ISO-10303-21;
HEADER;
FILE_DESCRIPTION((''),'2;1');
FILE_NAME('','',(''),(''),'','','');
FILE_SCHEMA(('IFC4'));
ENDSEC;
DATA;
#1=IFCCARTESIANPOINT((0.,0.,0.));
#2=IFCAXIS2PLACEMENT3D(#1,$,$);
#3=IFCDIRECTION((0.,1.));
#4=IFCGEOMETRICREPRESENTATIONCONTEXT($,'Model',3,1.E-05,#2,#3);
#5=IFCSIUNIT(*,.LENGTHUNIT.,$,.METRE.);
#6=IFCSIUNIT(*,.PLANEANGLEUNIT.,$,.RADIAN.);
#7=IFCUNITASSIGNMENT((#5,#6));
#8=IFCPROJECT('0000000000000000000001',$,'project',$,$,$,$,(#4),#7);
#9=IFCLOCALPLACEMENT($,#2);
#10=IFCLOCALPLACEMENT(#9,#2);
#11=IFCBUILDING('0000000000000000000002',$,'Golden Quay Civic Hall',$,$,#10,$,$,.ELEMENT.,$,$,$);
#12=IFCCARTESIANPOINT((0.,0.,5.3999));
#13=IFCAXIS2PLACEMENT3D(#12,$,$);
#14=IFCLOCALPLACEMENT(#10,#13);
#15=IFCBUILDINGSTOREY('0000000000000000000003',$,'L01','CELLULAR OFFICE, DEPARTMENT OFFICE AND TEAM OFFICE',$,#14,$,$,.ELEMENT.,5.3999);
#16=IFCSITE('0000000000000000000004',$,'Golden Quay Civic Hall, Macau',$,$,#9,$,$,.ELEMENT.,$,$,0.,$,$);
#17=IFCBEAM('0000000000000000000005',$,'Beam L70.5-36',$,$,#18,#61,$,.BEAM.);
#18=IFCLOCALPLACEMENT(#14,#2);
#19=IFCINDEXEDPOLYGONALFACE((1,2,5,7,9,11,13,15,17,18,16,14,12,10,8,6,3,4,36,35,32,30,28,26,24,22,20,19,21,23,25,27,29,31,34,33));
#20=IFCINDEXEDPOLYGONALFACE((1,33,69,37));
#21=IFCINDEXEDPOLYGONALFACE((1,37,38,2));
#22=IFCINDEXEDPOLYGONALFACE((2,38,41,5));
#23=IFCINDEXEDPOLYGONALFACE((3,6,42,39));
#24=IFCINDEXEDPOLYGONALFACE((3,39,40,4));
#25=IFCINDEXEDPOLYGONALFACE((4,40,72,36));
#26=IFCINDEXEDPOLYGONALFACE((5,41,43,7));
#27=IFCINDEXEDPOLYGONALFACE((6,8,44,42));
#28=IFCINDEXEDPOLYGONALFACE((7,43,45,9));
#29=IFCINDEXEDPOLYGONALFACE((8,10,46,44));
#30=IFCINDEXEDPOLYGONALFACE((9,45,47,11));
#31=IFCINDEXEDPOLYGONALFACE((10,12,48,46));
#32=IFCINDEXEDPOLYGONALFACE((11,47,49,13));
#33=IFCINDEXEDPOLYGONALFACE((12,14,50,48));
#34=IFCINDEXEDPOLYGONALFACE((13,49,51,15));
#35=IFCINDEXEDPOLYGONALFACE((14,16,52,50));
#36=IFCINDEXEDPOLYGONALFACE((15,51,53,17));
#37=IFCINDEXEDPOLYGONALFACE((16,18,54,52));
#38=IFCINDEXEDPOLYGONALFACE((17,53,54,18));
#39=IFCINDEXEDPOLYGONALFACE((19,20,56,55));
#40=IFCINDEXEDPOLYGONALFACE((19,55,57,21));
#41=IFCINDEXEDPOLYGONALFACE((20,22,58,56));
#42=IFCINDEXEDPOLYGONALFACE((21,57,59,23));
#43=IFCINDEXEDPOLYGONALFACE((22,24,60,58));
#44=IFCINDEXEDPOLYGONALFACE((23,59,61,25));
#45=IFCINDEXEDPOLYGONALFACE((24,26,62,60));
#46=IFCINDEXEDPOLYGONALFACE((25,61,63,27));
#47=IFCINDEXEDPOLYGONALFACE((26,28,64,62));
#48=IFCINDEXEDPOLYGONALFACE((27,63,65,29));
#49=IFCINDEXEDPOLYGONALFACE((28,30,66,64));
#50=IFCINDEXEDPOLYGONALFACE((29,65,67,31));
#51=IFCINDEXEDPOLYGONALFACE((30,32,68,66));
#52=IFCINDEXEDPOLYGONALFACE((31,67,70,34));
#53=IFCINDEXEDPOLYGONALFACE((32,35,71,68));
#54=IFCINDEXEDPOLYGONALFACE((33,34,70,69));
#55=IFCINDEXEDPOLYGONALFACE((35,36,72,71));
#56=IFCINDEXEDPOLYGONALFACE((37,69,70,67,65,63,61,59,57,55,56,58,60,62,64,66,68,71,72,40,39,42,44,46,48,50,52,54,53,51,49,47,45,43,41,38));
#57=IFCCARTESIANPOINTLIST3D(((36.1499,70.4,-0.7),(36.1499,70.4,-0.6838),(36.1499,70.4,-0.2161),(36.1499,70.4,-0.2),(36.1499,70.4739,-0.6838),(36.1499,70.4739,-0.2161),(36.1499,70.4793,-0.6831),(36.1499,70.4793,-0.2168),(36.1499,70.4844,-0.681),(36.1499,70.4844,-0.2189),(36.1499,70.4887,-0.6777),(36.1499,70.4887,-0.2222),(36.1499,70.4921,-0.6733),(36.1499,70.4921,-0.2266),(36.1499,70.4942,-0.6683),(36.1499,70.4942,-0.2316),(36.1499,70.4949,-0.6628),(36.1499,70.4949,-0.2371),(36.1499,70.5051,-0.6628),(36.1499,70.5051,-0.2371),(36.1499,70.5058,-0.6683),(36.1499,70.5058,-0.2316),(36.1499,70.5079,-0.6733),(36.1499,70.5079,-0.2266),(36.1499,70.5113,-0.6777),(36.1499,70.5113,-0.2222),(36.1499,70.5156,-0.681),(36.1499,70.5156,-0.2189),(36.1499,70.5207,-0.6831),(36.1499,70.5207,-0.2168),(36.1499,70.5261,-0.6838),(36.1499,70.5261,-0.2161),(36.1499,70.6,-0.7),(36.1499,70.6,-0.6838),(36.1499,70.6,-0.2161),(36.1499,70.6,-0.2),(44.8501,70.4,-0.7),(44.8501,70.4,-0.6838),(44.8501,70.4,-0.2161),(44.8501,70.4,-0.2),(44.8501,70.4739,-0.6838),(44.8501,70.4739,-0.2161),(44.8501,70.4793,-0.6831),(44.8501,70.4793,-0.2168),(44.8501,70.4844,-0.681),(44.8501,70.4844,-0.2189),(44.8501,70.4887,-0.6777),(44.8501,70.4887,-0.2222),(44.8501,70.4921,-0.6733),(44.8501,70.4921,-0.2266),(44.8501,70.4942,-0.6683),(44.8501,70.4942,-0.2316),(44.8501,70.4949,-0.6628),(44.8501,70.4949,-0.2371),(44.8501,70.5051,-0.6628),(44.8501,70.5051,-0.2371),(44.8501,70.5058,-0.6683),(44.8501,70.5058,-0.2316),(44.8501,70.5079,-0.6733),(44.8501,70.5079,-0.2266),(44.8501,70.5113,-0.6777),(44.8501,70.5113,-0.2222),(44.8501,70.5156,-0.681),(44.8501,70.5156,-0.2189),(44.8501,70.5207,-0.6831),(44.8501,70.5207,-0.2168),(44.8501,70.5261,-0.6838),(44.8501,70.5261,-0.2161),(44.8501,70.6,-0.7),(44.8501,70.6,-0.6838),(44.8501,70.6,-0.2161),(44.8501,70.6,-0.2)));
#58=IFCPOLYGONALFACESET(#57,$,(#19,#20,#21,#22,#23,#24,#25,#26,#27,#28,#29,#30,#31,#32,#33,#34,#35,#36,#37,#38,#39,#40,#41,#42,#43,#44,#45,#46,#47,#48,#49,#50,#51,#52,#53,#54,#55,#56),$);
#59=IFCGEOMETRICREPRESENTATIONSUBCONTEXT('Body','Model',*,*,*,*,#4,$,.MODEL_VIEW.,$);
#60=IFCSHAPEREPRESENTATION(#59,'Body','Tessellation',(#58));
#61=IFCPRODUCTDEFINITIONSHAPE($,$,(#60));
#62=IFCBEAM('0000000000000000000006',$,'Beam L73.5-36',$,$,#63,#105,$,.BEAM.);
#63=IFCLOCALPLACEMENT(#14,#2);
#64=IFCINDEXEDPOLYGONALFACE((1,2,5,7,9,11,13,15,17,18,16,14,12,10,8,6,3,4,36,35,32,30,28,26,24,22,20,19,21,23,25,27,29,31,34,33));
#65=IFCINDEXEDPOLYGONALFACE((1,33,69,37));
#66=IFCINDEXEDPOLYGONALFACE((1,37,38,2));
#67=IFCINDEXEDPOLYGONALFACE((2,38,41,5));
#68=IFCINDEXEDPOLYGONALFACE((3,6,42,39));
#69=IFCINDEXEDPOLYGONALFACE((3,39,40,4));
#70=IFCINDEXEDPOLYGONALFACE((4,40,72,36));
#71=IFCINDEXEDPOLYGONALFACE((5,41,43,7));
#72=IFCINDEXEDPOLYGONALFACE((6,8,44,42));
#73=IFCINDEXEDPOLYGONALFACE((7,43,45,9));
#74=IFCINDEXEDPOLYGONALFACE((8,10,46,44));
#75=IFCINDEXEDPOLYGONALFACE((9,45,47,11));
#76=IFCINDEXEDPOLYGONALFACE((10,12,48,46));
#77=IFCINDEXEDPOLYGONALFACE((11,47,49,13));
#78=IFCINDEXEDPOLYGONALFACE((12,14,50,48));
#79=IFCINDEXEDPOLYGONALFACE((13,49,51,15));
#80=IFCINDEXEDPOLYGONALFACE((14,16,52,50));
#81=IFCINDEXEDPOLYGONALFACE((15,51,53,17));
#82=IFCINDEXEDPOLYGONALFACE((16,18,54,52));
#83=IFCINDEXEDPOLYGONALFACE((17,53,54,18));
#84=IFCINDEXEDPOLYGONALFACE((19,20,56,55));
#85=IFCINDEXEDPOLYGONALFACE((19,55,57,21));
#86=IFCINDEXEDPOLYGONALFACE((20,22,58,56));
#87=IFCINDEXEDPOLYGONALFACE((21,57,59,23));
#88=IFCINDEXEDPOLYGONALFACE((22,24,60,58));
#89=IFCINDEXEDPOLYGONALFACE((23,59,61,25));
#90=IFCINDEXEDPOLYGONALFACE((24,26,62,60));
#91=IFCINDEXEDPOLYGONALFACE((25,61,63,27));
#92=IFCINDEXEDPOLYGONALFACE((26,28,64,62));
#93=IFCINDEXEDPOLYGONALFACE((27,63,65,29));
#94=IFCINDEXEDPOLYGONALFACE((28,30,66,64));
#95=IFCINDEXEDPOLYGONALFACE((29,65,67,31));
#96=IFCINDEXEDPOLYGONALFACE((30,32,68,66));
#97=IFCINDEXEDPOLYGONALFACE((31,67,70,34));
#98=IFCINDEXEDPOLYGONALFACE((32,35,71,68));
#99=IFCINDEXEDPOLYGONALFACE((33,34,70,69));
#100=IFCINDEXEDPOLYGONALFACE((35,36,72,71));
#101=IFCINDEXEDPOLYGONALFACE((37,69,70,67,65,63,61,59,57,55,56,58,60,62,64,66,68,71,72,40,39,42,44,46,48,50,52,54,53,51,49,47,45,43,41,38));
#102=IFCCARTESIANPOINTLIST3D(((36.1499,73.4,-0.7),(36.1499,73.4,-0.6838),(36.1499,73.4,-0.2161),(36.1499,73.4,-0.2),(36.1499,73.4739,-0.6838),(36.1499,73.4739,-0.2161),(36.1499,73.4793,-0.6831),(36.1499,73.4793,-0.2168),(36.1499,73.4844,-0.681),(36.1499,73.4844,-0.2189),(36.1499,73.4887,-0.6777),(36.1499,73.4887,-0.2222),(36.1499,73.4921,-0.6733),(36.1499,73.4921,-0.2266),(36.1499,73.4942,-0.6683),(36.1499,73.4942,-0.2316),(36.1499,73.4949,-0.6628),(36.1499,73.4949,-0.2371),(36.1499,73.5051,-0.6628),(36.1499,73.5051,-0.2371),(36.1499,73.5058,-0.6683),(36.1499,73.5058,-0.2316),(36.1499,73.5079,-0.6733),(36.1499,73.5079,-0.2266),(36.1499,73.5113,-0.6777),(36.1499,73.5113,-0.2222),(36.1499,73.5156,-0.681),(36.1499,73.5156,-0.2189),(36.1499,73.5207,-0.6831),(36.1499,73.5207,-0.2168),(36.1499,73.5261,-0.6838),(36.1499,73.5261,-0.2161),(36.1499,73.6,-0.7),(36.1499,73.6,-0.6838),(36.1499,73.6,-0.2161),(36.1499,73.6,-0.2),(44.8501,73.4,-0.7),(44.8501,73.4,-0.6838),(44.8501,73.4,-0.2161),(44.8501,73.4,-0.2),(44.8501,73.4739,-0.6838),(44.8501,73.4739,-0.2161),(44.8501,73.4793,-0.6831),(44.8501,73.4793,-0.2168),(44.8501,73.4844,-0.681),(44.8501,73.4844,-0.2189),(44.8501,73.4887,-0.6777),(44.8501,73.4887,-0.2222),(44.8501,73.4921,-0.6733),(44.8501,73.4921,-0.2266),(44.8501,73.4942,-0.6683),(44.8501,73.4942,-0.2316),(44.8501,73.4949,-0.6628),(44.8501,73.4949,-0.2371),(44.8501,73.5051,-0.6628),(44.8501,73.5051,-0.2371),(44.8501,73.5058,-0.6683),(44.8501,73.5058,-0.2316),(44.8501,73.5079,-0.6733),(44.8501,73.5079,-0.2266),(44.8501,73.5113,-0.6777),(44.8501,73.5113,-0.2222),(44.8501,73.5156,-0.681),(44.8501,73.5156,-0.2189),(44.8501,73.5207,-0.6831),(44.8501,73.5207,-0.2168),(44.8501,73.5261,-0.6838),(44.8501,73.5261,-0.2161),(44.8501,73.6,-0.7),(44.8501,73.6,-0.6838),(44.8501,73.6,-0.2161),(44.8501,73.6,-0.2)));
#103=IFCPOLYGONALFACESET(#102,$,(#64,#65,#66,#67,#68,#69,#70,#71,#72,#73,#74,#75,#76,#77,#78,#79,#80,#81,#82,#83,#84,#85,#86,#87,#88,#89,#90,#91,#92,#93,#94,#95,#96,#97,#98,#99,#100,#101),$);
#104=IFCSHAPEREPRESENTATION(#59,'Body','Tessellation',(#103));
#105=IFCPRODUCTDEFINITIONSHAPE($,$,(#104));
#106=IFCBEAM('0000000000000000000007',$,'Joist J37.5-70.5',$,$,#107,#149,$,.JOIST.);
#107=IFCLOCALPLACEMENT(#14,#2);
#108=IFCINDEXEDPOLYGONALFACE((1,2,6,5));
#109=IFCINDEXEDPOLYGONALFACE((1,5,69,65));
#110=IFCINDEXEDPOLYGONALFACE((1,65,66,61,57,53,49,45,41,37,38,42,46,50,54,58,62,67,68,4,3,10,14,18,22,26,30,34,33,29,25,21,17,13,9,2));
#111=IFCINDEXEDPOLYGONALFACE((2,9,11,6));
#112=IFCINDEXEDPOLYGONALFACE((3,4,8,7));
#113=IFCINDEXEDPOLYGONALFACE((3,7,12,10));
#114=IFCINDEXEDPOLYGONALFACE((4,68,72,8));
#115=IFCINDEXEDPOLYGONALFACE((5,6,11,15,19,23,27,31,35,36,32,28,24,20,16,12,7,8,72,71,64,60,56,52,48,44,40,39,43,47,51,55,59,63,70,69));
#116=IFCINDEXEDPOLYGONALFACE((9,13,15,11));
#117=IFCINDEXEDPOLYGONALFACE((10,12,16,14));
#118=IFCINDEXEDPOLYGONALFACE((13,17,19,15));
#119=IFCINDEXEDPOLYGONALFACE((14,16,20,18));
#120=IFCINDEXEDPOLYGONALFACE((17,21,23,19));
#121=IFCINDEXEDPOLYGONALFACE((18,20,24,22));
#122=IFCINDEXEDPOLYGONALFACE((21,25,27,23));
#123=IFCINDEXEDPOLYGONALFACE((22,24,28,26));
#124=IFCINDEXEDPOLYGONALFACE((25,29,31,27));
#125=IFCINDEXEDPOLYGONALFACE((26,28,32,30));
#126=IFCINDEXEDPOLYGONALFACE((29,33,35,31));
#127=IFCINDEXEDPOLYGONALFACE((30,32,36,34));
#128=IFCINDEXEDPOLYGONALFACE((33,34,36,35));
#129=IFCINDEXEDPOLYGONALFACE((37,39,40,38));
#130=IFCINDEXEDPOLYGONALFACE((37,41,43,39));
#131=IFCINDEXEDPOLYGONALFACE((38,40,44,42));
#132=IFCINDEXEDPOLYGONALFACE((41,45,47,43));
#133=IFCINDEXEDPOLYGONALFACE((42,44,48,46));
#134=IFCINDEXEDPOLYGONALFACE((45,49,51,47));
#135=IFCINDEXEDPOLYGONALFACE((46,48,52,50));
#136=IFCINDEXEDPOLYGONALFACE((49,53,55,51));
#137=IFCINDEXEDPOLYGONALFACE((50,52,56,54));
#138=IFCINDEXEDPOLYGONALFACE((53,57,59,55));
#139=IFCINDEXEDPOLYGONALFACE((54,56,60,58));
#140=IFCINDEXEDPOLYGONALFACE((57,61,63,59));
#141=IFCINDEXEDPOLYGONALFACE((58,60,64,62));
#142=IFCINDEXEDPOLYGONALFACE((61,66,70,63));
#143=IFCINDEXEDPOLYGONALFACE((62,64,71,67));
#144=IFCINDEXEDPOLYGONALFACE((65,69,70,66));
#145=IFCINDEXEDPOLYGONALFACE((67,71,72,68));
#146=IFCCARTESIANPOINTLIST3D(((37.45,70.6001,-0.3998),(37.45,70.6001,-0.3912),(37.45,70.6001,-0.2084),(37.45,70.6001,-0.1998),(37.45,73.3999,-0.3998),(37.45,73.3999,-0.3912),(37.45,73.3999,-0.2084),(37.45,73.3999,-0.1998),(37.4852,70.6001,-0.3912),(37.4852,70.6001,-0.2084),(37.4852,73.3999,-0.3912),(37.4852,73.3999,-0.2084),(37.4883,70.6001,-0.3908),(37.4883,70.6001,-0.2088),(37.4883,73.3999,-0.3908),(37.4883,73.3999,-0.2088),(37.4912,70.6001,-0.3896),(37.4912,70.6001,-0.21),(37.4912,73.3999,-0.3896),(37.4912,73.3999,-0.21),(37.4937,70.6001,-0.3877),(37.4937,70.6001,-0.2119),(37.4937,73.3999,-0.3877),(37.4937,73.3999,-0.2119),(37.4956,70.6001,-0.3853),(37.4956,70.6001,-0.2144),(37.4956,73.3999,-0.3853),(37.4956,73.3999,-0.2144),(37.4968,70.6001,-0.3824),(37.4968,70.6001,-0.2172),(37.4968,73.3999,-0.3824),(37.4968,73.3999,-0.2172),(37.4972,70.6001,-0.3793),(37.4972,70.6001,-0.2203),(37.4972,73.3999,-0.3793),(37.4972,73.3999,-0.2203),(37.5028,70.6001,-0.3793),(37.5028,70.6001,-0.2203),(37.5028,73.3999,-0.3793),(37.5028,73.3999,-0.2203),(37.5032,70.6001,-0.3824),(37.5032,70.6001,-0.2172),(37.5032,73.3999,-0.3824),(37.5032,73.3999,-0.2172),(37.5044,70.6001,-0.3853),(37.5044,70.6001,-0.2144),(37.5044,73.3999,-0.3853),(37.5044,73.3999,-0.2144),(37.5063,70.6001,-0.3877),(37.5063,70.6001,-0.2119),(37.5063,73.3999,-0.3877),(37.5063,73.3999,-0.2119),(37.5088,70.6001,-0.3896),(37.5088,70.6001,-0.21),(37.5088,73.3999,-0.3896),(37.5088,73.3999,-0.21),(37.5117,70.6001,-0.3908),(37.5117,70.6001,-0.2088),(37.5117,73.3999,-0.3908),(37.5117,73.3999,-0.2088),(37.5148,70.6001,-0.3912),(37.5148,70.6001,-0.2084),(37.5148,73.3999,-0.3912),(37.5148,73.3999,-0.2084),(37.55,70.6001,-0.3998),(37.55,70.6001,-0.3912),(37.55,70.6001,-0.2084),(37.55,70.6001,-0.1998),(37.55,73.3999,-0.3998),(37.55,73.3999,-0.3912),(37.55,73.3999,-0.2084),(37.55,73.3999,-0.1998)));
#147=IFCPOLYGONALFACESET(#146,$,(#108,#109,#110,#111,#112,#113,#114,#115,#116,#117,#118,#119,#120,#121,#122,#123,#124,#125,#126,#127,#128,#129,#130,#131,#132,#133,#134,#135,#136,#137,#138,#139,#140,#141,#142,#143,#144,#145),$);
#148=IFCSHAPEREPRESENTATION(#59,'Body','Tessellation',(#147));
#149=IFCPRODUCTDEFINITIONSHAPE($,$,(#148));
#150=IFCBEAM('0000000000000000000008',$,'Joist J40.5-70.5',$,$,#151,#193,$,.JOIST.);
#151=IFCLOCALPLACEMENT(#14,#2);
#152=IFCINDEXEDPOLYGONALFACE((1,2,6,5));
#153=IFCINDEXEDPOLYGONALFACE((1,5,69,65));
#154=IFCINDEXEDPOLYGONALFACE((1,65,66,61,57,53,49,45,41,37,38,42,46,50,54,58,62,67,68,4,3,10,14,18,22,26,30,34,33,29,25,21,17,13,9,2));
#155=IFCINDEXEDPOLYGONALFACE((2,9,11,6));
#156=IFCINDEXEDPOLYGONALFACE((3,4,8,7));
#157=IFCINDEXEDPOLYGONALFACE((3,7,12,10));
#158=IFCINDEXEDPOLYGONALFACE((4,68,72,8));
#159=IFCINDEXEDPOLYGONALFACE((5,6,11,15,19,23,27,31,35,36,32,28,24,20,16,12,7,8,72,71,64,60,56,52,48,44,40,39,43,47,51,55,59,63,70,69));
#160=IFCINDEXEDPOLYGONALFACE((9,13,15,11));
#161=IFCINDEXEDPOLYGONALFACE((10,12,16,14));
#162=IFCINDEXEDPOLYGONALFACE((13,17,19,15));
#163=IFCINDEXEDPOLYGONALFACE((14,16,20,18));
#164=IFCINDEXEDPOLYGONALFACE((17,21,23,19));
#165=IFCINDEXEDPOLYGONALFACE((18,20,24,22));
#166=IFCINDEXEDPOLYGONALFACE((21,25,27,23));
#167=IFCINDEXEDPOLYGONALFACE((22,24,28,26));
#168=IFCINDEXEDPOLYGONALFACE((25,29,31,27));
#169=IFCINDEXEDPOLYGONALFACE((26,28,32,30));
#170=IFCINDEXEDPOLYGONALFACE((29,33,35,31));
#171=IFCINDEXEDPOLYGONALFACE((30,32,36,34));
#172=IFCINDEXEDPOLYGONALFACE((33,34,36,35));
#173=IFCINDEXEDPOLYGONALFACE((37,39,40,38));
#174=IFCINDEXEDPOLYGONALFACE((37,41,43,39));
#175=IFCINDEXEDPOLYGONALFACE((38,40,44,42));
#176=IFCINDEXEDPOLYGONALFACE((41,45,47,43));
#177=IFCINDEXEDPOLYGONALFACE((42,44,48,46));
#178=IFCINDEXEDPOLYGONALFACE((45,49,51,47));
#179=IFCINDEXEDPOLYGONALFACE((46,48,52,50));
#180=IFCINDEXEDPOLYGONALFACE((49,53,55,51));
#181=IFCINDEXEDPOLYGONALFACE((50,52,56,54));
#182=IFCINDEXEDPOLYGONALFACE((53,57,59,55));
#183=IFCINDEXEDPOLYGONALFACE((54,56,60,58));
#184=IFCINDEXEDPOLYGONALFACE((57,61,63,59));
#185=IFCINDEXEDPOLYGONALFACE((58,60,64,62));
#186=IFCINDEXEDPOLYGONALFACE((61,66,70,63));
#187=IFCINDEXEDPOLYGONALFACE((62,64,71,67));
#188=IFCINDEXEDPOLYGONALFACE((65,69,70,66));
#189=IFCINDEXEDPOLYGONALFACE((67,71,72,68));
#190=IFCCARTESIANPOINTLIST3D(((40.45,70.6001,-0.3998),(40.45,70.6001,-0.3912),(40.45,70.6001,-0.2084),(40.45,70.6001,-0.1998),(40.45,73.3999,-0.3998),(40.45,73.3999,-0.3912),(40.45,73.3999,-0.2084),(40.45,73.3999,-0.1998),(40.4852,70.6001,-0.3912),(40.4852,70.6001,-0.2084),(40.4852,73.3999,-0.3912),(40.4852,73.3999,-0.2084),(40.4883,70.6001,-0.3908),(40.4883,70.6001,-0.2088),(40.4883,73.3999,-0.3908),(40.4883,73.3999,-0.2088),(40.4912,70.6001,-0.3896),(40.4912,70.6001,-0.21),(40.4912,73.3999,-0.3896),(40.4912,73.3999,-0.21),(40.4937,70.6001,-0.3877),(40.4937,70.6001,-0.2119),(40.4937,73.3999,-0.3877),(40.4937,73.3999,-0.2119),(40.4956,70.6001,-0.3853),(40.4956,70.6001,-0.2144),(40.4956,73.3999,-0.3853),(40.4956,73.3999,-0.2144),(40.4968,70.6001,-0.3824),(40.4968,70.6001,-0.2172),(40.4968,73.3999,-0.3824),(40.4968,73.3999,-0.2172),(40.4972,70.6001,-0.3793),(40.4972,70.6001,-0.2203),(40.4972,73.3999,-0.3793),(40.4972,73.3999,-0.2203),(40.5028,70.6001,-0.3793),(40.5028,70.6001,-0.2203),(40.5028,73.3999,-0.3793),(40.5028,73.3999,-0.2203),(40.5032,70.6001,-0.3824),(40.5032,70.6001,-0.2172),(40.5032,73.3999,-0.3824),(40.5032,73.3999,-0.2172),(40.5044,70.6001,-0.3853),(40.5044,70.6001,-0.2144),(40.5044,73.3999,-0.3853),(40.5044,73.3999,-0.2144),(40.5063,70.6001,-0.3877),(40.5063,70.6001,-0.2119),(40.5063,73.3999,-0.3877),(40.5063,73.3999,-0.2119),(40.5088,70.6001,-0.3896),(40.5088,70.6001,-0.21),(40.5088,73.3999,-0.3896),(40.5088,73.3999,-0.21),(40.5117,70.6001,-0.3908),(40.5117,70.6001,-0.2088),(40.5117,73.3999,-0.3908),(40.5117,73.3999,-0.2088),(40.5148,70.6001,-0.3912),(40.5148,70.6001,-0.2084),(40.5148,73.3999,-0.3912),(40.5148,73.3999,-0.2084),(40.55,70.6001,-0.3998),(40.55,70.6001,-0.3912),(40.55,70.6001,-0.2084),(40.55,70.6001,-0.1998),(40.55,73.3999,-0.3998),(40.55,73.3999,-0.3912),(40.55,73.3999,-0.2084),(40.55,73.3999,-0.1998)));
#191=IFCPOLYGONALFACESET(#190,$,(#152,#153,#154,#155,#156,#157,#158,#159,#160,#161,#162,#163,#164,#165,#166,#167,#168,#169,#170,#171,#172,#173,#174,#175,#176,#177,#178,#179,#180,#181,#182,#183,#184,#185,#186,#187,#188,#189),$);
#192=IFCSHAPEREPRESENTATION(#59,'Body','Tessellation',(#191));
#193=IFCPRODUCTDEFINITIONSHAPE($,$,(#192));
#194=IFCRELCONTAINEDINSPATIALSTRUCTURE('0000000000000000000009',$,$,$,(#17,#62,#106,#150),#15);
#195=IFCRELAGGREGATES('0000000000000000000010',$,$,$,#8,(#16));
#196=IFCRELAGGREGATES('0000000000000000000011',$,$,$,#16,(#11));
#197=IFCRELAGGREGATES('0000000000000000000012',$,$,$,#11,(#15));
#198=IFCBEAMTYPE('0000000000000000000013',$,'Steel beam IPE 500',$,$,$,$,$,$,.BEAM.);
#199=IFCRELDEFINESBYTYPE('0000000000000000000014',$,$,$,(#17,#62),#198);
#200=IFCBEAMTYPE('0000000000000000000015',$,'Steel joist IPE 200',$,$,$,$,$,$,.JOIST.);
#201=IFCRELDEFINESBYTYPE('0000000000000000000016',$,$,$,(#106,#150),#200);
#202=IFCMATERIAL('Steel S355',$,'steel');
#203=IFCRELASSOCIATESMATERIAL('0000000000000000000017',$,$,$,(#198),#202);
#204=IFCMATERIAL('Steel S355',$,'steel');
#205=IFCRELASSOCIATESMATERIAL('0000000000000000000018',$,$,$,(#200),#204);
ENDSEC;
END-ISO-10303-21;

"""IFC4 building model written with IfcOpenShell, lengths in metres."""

from ifc_helpers import new_model, si_unit, direction, frame, origin, origin_2d, place, context, subcontext, project, spatial, i_section, extrude, material, material_profile, profile_set, type_object, element, save


model = new_model("IFC4")

# Units and contexts
model_context = context("Model", 3, precision=1e-05, world=origin(), true_north=direction((0.0, 1.0)))
body_context = subcontext(model_context, "Body", "Model", "MODEL_VIEW")
ifc_project = project(units=[si_unit("LENGTHUNIT", "METRE"), si_unit("PLANEANGLEUNIT", "RADIAN")], contexts=[model_context])

# Site, building, storey
site_placement = place(None, origin())
site = spatial("IfcSite", under=ifc_project, at=site_placement, Name="Golden Quay Civic Hall, Macau", CompositionType="ELEMENT", RefElevation=0.0)
building_placement = place(site_placement, origin())
building = spatial("IfcBuilding", under=site, at=building_placement, Name="Golden Quay Civic Hall", CompositionType="ELEMENT")
storey_placement = place(building_placement, frame((0.0, 0.0, 5.3999)))
storey = spatial("IfcBuildingStorey", under=building, at=storey_placement, Name="L01", Description="CELLULAR OFFICE, DEPARTMENT OFFICE AND TEAM OFFICE", CompositionType="ELEMENT", Elevation=5.3999)

# Beams
ifc_material_1 = material(Name="Steel S355", Category="steel")
ifc_material_profile_1 = material_profile(ifc_material_1, i_section(OverallWidth=0.2, OverallDepth=0.5, WebThickness=0.0103, FlangeThickness=0.0161, FilletRadius=0.021, at=origin_2d()), Name="IPE 500")
ifc_profile_set_1 = profile_set([ifc_material_profile_1], Name="Steel S355")
beam_type_1 = type_object("IfcBeamType", Name="Steel beam IPE 500", PredefinedType="BEAM", material=ifc_profile_set_1)
for number, where, z_axis, x_axis, name in (
    (1, (36.1499, 70.5, -0.45), (1.0, 0.0, 0.0), (0.0, 1.0, 0.0), "Beam L70.5-36"),
    (2, (36.1499, 73.5, -0.45), (1.0, 0.0, 0.0), (0.0, 1.0, 0.0), "Beam L73.5-36"),
):
    element("IfcBeam", number, at=place(storey_placement, frame(where, z_axis=z_axis, x_axis=x_axis)), inside=storey, type_object=beam_type_1, Name=name, PredefinedType="BEAM", context=body_context, shape_type="SweptSolid", body=[
        extrude(i_section(OverallWidth=0.2, OverallDepth=0.5, WebThickness=0.0103, FlangeThickness=0.0161, FilletRadius=0.021, at=origin_2d()), origin(), (0.0, 0.0, 1.0), 8.7002),
    ])
ifc_material_2 = material(Name="Steel S355", Category="steel")
ifc_material_profile_2 = material_profile(ifc_material_2, i_section(OverallWidth=0.1001, OverallDepth=0.2, WebThickness=0.0056, FlangeThickness=0.0085, FilletRadius=0.012, at=origin_2d()), Name="IPE 200")
ifc_profile_set_2 = profile_set([ifc_material_profile_2], Name="Steel S355")
beam_type_2 = type_object("IfcBeamType", Name="Steel joist IPE 200", PredefinedType="JOIST", material=ifc_profile_set_2)
for number, where, z_axis, x_axis, name in (
    (3, (37.5, 70.6001, -0.2998), (0.0, 1.0, 0.0), (-1.0, 0.0, 0.0), "Joist J37.5-70.5"),
    (4, (40.5, 70.6001, -0.2998), (0.0, 1.0, 0.0), (-1.0, 0.0, 0.0), "Joist J40.5-70.5"),
):
    element("IfcBeam", number, at=place(storey_placement, frame(where, z_axis=z_axis, x_axis=x_axis)), inside=storey, type_object=beam_type_2, Name=name, PredefinedType="JOIST", context=body_context, shape_type="SweptSolid", body=[
        extrude(i_section(OverallWidth=0.1001, OverallDepth=0.2, WebThickness=0.0056, FlangeThickness=0.0085, FilletRadius=0.012, at=origin_2d()), origin(), (0.0, 0.0, 1.0), 2.7998),
    ])

save(model, "model.ifc")
